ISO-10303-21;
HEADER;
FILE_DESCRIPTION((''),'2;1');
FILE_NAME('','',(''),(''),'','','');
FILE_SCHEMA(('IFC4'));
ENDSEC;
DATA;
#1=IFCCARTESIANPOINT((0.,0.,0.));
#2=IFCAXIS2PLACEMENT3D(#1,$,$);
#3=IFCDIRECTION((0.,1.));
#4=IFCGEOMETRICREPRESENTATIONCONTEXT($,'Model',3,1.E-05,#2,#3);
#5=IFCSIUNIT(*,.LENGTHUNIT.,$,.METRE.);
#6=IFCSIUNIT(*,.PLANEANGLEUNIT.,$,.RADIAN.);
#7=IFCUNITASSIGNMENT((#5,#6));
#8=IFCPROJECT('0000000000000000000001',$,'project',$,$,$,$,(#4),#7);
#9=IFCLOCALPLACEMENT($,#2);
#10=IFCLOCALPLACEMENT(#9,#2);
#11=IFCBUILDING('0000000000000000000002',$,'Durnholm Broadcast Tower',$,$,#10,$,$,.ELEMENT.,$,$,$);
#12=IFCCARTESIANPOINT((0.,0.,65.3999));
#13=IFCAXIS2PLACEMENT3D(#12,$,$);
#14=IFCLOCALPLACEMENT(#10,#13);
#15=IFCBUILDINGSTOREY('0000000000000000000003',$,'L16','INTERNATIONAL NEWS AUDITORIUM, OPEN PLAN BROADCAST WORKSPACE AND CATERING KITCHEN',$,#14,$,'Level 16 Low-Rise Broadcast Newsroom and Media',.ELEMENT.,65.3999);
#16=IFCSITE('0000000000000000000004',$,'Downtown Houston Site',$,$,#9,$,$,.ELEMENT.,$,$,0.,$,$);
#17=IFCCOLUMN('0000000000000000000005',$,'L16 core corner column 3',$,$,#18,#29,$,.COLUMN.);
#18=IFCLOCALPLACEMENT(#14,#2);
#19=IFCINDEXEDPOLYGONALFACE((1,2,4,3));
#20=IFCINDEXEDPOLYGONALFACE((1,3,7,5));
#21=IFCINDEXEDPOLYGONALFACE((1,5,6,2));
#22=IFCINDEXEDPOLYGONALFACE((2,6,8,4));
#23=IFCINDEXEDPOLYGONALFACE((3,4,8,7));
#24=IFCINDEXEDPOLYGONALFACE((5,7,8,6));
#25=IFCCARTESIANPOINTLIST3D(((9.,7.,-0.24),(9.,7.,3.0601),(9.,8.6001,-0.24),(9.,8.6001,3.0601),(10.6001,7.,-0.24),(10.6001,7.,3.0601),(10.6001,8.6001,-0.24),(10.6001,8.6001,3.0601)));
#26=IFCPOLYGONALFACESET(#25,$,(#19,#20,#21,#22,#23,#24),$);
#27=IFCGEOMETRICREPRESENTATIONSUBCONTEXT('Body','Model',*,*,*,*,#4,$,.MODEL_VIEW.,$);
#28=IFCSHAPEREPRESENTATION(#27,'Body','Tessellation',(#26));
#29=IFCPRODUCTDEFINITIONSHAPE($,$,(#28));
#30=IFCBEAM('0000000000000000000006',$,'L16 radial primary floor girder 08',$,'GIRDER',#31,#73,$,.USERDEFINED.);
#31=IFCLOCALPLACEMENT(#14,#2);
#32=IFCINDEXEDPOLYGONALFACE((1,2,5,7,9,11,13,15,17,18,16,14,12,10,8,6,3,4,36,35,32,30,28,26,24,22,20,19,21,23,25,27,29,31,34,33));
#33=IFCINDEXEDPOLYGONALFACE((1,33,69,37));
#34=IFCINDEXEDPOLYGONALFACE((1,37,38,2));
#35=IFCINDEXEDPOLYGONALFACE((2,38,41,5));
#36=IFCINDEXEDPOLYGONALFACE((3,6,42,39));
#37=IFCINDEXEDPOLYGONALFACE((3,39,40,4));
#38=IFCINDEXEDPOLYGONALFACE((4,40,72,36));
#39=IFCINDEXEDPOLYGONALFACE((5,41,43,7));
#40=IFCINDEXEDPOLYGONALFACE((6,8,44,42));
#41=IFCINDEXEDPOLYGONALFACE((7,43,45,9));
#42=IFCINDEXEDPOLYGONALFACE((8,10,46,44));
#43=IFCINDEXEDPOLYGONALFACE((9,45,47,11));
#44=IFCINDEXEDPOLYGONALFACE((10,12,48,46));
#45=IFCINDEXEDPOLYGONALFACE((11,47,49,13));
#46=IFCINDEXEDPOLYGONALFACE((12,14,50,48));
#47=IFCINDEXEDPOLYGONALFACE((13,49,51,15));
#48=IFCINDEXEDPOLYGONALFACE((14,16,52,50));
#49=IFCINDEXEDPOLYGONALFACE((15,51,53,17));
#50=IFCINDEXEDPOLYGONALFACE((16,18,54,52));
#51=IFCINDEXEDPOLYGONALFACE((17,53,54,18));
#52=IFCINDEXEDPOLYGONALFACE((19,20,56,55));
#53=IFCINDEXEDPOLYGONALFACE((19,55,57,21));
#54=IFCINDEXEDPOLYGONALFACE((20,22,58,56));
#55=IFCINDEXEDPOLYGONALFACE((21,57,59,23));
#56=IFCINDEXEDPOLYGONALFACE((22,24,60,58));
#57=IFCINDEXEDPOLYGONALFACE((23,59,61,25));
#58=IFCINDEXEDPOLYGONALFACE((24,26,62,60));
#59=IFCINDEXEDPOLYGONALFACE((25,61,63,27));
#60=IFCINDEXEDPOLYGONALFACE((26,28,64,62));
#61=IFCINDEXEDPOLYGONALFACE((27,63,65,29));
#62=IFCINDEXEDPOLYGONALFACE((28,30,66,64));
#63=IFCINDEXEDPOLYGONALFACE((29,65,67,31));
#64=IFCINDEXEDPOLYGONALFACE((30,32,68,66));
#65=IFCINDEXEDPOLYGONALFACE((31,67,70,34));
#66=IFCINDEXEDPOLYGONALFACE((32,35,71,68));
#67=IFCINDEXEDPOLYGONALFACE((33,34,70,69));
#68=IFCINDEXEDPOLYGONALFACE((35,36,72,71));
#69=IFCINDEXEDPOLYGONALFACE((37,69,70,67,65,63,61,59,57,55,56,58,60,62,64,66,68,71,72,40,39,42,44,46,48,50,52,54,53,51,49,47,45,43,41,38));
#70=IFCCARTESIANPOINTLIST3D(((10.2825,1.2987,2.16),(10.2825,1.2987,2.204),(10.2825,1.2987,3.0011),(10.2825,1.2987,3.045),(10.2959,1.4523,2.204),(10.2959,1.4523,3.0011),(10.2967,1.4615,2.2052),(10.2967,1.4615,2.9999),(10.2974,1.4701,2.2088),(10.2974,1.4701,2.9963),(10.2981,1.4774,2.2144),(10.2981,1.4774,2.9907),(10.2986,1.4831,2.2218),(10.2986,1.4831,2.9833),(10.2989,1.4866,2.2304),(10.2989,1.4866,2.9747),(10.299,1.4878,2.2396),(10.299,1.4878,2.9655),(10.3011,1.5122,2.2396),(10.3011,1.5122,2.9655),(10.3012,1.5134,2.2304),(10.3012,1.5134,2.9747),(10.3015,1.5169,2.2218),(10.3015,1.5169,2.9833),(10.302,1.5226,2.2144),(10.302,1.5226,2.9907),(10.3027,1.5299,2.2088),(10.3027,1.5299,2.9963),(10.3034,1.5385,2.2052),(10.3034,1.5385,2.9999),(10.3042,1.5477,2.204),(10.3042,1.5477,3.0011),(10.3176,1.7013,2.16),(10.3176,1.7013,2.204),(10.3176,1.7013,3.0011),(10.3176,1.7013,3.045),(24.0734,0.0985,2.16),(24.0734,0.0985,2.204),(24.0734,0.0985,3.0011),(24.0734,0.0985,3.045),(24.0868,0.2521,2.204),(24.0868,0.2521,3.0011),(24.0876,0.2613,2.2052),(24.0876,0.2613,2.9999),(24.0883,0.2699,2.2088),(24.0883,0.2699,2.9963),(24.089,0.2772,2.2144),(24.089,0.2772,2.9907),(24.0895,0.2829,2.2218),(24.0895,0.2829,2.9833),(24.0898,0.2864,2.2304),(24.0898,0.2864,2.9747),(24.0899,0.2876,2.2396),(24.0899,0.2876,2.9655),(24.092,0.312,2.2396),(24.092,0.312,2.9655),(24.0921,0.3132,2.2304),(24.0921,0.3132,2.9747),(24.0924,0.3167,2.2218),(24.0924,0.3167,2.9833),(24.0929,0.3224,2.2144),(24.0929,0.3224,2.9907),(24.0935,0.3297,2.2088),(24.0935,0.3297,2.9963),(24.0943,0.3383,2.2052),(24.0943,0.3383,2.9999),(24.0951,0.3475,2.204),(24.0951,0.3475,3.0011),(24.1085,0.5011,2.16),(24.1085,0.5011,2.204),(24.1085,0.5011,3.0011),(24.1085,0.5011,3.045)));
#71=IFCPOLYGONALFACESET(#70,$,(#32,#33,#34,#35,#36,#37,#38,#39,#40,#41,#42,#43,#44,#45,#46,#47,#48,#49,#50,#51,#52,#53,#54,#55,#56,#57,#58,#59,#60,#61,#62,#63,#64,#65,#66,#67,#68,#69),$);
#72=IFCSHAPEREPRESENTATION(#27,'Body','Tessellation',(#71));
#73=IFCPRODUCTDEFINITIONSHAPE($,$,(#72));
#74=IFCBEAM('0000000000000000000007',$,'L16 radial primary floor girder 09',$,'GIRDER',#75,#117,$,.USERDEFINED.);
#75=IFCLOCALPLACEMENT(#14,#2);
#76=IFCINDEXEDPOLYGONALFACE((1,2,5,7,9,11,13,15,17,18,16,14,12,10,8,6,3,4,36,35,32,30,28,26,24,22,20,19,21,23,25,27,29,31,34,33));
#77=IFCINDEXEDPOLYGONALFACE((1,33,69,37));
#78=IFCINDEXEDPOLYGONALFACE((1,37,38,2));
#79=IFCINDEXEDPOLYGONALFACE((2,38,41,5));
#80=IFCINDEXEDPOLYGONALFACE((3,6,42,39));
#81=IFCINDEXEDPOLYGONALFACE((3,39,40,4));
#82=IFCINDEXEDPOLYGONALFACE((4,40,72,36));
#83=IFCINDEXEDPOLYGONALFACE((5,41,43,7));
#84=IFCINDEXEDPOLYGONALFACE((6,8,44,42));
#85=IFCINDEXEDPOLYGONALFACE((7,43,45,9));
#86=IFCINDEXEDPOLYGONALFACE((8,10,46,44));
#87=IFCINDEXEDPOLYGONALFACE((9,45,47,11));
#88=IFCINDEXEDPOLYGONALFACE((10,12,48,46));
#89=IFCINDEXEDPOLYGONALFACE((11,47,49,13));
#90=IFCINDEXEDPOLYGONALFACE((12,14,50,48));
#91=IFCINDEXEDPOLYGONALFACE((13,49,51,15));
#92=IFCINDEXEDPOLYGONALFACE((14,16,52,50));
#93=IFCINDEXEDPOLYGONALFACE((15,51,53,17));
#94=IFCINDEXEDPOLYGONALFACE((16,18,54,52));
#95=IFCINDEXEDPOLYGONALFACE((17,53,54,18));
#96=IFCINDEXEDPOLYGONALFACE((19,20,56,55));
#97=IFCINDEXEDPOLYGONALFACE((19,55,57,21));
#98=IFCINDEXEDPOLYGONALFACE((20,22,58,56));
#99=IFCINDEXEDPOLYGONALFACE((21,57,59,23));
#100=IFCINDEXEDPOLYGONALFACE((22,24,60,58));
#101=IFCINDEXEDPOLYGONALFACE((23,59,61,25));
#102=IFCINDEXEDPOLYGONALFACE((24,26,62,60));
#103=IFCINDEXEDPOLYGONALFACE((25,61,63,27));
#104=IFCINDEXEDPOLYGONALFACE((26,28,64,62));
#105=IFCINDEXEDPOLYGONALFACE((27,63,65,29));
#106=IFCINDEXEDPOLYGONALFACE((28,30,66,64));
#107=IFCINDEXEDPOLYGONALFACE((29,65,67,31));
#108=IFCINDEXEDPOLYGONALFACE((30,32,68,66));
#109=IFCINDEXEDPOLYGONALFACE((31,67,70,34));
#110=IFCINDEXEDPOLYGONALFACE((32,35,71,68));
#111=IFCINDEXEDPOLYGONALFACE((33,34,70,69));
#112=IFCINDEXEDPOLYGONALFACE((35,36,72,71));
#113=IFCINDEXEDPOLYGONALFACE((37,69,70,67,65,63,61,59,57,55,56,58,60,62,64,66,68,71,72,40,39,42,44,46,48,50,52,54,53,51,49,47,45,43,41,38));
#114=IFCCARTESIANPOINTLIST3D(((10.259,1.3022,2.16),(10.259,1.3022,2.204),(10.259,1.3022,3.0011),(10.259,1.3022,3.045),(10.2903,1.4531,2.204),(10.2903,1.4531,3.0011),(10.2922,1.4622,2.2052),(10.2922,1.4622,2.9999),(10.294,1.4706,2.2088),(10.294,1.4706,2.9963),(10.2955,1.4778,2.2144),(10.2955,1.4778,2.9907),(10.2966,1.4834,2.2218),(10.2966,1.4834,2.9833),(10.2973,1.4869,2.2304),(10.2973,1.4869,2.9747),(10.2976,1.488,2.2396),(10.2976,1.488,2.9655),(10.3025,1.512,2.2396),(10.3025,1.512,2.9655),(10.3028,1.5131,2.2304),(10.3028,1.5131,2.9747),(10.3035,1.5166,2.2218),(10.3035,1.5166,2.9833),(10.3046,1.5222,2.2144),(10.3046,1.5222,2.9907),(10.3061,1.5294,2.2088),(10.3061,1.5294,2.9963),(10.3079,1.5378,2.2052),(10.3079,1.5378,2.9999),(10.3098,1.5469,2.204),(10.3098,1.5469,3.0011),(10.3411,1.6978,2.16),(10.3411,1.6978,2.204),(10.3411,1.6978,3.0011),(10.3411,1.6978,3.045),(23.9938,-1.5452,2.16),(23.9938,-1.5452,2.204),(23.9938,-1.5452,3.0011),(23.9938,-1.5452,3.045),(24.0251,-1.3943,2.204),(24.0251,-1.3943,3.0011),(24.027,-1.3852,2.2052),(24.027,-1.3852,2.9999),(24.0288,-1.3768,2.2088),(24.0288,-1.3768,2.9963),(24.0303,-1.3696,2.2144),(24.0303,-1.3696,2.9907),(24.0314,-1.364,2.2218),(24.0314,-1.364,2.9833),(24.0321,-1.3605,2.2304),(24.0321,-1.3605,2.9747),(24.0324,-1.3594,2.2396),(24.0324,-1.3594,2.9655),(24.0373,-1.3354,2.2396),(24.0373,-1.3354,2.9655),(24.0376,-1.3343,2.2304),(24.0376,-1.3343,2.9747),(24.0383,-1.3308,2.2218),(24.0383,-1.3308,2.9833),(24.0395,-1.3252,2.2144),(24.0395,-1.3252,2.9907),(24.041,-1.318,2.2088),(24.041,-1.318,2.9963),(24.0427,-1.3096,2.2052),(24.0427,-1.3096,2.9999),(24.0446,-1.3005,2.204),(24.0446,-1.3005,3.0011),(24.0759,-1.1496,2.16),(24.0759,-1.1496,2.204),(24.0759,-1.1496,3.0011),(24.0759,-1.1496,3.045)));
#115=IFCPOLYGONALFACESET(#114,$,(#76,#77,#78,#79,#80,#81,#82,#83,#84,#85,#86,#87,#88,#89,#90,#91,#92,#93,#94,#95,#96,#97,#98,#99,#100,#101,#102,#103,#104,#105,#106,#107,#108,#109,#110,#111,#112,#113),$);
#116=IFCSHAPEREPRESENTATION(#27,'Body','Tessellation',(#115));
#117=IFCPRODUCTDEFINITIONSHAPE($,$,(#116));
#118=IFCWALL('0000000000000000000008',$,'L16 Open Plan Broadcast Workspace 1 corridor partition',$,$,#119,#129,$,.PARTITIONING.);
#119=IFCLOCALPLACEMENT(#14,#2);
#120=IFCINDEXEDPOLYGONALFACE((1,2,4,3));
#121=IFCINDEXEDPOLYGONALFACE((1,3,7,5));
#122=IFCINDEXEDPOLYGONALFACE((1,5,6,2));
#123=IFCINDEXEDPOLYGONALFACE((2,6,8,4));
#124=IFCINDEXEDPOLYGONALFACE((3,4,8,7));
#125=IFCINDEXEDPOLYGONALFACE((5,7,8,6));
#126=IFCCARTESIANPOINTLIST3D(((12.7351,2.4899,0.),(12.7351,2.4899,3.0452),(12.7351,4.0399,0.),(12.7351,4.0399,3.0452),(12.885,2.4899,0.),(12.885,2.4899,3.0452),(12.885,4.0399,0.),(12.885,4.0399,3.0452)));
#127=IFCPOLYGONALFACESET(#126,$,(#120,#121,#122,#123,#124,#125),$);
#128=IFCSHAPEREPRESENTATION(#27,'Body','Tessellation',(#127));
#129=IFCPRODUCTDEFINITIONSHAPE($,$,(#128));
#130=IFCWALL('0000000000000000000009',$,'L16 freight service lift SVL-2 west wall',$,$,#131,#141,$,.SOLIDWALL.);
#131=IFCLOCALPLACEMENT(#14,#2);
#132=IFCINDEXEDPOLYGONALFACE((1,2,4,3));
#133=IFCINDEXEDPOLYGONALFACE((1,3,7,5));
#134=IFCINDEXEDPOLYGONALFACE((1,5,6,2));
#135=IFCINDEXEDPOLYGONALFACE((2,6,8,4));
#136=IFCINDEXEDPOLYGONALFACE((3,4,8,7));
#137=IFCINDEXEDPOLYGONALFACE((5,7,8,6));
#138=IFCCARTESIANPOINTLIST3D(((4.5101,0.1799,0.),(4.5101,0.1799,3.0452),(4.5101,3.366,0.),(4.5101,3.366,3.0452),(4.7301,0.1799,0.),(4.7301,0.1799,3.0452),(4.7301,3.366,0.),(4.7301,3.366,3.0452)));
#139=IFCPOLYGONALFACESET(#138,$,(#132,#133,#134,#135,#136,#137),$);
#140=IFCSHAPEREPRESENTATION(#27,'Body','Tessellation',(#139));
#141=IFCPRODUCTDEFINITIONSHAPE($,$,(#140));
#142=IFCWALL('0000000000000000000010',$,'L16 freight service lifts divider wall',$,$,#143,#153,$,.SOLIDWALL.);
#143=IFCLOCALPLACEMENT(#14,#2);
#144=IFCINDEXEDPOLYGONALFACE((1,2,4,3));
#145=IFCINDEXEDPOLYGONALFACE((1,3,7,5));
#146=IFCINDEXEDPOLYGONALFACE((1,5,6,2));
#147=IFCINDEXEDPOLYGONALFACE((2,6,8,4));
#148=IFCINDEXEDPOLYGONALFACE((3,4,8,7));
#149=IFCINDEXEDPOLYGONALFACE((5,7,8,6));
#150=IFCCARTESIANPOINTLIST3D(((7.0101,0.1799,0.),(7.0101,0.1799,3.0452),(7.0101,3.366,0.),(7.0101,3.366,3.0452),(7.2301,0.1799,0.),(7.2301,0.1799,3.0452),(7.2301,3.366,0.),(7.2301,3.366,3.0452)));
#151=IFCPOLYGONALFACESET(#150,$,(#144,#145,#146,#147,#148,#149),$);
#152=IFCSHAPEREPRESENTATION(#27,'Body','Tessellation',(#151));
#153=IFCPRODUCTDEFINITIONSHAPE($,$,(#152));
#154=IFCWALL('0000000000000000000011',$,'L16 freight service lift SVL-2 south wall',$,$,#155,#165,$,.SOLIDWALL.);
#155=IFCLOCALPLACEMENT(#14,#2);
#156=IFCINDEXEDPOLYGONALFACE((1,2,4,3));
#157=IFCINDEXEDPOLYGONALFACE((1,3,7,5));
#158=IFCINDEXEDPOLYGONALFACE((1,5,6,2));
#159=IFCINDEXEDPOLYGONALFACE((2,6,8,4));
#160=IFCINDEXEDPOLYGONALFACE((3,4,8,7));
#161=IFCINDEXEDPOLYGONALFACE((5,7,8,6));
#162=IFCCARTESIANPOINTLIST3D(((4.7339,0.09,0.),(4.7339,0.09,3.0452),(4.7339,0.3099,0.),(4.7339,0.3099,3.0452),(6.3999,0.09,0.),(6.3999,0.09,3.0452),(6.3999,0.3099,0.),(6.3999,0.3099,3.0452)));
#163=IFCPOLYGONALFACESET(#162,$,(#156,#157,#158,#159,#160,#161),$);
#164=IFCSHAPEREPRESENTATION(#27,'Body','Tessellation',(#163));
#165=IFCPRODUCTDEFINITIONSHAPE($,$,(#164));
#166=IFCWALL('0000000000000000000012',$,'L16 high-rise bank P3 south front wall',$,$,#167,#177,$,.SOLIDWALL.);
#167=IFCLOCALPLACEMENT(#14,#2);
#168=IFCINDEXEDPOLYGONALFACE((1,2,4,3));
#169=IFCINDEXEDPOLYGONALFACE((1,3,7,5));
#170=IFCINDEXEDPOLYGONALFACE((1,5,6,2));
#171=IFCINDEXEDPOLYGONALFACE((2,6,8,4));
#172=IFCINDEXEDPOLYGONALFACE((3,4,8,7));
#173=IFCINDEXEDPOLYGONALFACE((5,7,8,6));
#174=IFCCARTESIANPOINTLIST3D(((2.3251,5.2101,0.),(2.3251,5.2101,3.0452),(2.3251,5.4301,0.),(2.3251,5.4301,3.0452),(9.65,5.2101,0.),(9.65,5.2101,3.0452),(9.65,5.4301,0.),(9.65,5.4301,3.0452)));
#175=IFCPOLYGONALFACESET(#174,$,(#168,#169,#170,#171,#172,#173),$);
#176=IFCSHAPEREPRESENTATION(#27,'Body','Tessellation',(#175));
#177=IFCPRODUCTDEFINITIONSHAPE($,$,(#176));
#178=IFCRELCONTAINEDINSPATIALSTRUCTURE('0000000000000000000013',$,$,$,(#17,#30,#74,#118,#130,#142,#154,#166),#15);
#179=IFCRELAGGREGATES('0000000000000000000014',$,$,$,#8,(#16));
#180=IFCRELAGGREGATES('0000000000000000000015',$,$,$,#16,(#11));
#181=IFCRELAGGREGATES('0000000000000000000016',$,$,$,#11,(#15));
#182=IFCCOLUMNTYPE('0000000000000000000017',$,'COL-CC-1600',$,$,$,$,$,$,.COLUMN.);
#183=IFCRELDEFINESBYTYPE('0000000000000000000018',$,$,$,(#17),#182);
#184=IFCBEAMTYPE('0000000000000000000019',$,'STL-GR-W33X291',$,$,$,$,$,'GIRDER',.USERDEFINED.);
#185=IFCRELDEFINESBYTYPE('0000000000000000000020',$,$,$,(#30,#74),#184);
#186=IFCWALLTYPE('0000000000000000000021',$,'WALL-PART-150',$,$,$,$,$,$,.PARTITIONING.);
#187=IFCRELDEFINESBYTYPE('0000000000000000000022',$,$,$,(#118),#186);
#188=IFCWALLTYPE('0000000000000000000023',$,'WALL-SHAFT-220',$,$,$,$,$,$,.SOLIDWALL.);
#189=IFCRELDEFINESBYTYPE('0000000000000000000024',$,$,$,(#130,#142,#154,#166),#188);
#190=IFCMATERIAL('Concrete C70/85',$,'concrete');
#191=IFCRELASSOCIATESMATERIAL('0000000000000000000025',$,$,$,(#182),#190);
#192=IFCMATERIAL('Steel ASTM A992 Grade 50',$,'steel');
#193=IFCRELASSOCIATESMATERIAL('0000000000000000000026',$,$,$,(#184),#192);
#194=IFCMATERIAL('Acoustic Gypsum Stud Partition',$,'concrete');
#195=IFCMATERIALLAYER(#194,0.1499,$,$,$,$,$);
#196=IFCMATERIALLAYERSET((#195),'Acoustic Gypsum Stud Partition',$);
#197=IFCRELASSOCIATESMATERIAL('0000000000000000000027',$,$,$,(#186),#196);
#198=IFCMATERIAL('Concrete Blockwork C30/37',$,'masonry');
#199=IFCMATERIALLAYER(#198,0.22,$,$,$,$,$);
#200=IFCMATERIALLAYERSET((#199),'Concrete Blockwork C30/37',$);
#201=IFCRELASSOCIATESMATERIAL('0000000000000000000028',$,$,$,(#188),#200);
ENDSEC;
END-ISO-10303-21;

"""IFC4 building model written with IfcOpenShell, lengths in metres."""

from ifc_helpers import new_model, si_unit, direction, frame, frame_2d, origin, origin_2d, place, context, subcontext, project, spatial, rectangle, i_section, extrude, source, transform, mapped, material, layer, layer_set, material_profile, profile_set, type_object, type_shapes, element, save


model = new_model("IFC4")

# Units and contexts
model_context = context("Model", 3, precision=1e-05, world=origin(), true_north=direction((0.0, 1.0)))
body_context = subcontext(model_context, "Body", "Model", "MODEL_VIEW")
ifc_project = project(units=[si_unit("LENGTHUNIT", "METRE"), si_unit("PLANEANGLEUNIT", "RADIAN")], contexts=[model_context])

# Site, building, storey
site_placement = place(None, origin())
site = spatial("IfcSite", under=ifc_project, at=site_placement, Name="Downtown Houston Site", CompositionType="ELEMENT", RefElevation=0.0)
building_placement = place(site_placement, origin())
building = spatial("IfcBuilding", under=site, at=building_placement, Name="Durnholm Broadcast Tower", CompositionType="ELEMENT")
storey_placement = place(building_placement, frame((0.0, 0.0, 65.3999)))
storey = spatial("IfcBuildingStorey", under=building, at=storey_placement, Name="L16", Description="INTERNATIONAL NEWS AUDITORIUM, OPEN PLAN BROADCAST WORKSPACE AND CATERING KITCHEN", LongName="Level 16 Low-Rise Broadcast Newsroom and Media", CompositionType="ELEMENT", Elevation=65.3999)

# Column
ifc_material_1 = material(Name="Concrete C70/85", Category="concrete")
ifc_material_profile_1 = material_profile(ifc_material_1, rectangle(XDim=1.6001, YDim=1.6001, at=origin_2d()), Name="RC1600X1600")
ifc_profile_set_1 = profile_set([ifc_material_profile_1], Name="Concrete C70/85")
column_type = type_object("IfcColumnType", Name="COL-CC-1600", PredefinedType="COLUMN", material=ifc_profile_set_1)
shared_shape_1 = source(origin(), body_context, "Body", "SweptSolid", [
    extrude(rectangle(XDim=1.6001, YDim=1.6001, at=origin_2d()), origin(), (0.0, 0.0, 1.0), 3.3),
])
type_shapes(column_type, [shared_shape_1])
column_placement = place(storey_placement, frame((9.8, 7.8, -0.24), z_axis=(0.0, 0.0, 1.0), x_axis=(1.0, 0.0, 0.0)))
element("IfcColumn", 1, at=column_placement, inside=storey, type_object=column_type, Name="L16 core corner column 3", PredefinedType="COLUMN", context=body_context, shape_type="MappedRepresentation", body=[
    mapped(shared_shape_1, transform((0.0, 0.0, 0.0), x_axis=(1.0, 0.0, 0.0), y_axis=(0.0, 1.0, 0.0), z_axis=(0.0, 0.0, 1.0), scale=1.0)),
])

# Beams
ifc_material_2 = material(Name="Steel ASTM A992 Grade 50", Category="steel")
ifc_material_profile_2 = material_profile(ifc_material_2, i_section(OverallWidth=0.4041, OverallDepth=0.885, WebThickness=0.0244, FlangeThickness=0.0439, FilletRadius=0.0356, at=origin_2d()), Name="W33X291")
ifc_profile_set_2 = profile_set([ifc_material_profile_2], Name="Steel ASTM A992 Grade 50")
beam_type = type_object("IfcBeamType", Name="STL-GR-W33X291", ElementType="GIRDER", PredefinedType="USERDEFINED", material=ifc_profile_set_2)
shared_shape_2 = source(origin(), body_context, "Body", "SweptSolid", [
    extrude(i_section(OverallWidth=0.4041, OverallDepth=0.885, WebThickness=0.0244, FlangeThickness=0.0439, FilletRadius=0.0356, at=origin_2d()), origin(), (0.0, 0.0, 1.0), 13.843),
])
beam_1_placement = place(storey_placement, frame((10.3, 1.5, 2.6025), z_axis=(0.996234, -0.086701, 0.0), x_axis=(0.086701, 0.996234, 0.0)))
element("IfcBeam", 2, at=beam_1_placement, inside=storey, type_object=beam_type, Name="L16 radial primary floor girder 08", ObjectType="GIRDER", PredefinedType="USERDEFINED", context=body_context, shape_type="MappedRepresentation", body=[
    mapped(shared_shape_2, transform((0.0, 0.0, 0.0), x_axis=(1.0, 0.0, 0.0), y_axis=(0.0, 1.0, 0.0), z_axis=(0.0, 0.0, 1.0), scale=1.0)),
])
shared_shape_3 = source(origin(), body_context, "Body", "SweptSolid", [
    extrude(i_section(OverallWidth=0.4041, OverallDepth=0.885, WebThickness=0.0244, FlangeThickness=0.0439, FilletRadius=0.0356, at=origin_2d()), origin(), (0.0, 0.0, 1.0), 14.0269),
])
type_shapes(beam_type, [shared_shape_2, shared_shape_3])
beam_2_placement = place(storey_placement, frame((10.3, 1.5, 2.6025), z_axis=(0.979179, -0.202996, 0.0), x_axis=(0.202996, 0.979179, 0.0)))
element("IfcBeam", 3, at=beam_2_placement, inside=storey, type_object=beam_type, Name="L16 radial primary floor girder 09", ObjectType="GIRDER", PredefinedType="USERDEFINED", context=body_context, shape_type="MappedRepresentation", body=[
    mapped(shared_shape_3, transform((0.0, 0.0, 0.0), x_axis=(1.0, 0.0, 0.0), y_axis=(0.0, 1.0, 0.0), z_axis=(0.0, 0.0, 1.0), scale=1.0)),
])

# Wall
ifc_material_3 = material(Name="Acoustic Gypsum Stud Partition", Category="concrete")
ifc_layer_1 = layer(ifc_material_3, 0.1499)
ifc_layer_set_1 = layer_set([ifc_layer_1], Name="Acoustic Gypsum Stud Partition")
wall_type_1 = type_object("IfcWallType", Name="WALL-PART-150", PredefinedType="PARTITIONING", material=ifc_layer_set_1)
wall_1_placement = place(storey_placement, frame((12.8101, 2.49, 0.0), z_axis=(0.0, 0.0, 1.0), x_axis=(0.0, 1.0, 0.0)))
element("IfcWall", 4, at=wall_1_placement, inside=storey, type_object=wall_type_1, Name="L16 Open Plan Broadcast Workspace 1 corridor partition", PredefinedType="PARTITIONING", context=body_context, shape_type="SweptSolid", body=[
    extrude(rectangle(XDim=1.55, YDim=0.1499, at=frame_2d((0.7749, 0.0))), origin(), (0.0, 0.0, 1.0), 3.0452),
])

# Shared definitions
ifc_material_4 = material(Name="Concrete Blockwork C30/37", Category="masonry")
ifc_layer_2 = layer(ifc_material_4, 0.22)
ifc_layer_set_2 = layer_set([ifc_layer_2], Name="Concrete Blockwork C30/37")
wall_type_2 = type_object("IfcWallType", Name="WALL-SHAFT-220", PredefinedType="SOLIDWALL", material=ifc_layer_set_2)

# Walls
for number, where, z_axis, x_axis, name in (
    (5, (4.6201, 0.1799, 0.0), (0.0, 0.0, 1.0), (0.0, 1.0, 0.0), "L16 freight service lift SVL-2 west wall"),
    (6, (7.1201, 0.1799, 0.0), (0.0, 0.0, 1.0), (0.0, 1.0, 0.0), "L16 freight service lifts divider wall"),
):
    element("IfcWall", number, at=place(storey_placement, frame(where, z_axis=z_axis, x_axis=x_axis)), inside=storey, type_object=wall_type_2, Name=name, PredefinedType="SOLIDWALL", context=body_context, shape_type="SweptSolid", body=[
        extrude(rectangle(XDim=3.186, YDim=0.22, at=frame_2d((1.593, 0.0))), origin(), (0.0, 0.0, 1.0), 3.0452),
    ])
wall_2_placement = place(storey_placement, frame((4.7339, 0.2, 0.0), z_axis=(0.0, 0.0, 1.0), x_axis=(1.0, 0.0, 0.0)))
element("IfcWall", 7, at=wall_2_placement, inside=storey, type_object=wall_type_2, Name="L16 freight service lift SVL-2 south wall", PredefinedType="SOLIDWALL", context=body_context, shape_type="SweptSolid", body=[
    extrude(rectangle(XDim=1.666, YDim=0.22, at=frame_2d((0.833, 0.0))), origin(), (0.0, 0.0, 1.0), 3.0452),
])
wall_3_placement = place(storey_placement, frame((2.325, 5.3201, 0.0), z_axis=(0.0, 0.0, 1.0), x_axis=(1.0, 0.0, 0.0)))
element("IfcWall", 8, at=wall_3_placement, inside=storey, type_object=wall_type_2, Name="L16 high-rise bank P3 south front wall", PredefinedType="SOLIDWALL", context=body_context, shape_type="SweptSolid", body=[
    extrude(rectangle(XDim=7.325, YDim=0.22, at=frame_2d((3.6626, 0.0))), origin(), (0.0, 0.0, 1.0), 3.0452),
])

save(model, "model.ifc")
